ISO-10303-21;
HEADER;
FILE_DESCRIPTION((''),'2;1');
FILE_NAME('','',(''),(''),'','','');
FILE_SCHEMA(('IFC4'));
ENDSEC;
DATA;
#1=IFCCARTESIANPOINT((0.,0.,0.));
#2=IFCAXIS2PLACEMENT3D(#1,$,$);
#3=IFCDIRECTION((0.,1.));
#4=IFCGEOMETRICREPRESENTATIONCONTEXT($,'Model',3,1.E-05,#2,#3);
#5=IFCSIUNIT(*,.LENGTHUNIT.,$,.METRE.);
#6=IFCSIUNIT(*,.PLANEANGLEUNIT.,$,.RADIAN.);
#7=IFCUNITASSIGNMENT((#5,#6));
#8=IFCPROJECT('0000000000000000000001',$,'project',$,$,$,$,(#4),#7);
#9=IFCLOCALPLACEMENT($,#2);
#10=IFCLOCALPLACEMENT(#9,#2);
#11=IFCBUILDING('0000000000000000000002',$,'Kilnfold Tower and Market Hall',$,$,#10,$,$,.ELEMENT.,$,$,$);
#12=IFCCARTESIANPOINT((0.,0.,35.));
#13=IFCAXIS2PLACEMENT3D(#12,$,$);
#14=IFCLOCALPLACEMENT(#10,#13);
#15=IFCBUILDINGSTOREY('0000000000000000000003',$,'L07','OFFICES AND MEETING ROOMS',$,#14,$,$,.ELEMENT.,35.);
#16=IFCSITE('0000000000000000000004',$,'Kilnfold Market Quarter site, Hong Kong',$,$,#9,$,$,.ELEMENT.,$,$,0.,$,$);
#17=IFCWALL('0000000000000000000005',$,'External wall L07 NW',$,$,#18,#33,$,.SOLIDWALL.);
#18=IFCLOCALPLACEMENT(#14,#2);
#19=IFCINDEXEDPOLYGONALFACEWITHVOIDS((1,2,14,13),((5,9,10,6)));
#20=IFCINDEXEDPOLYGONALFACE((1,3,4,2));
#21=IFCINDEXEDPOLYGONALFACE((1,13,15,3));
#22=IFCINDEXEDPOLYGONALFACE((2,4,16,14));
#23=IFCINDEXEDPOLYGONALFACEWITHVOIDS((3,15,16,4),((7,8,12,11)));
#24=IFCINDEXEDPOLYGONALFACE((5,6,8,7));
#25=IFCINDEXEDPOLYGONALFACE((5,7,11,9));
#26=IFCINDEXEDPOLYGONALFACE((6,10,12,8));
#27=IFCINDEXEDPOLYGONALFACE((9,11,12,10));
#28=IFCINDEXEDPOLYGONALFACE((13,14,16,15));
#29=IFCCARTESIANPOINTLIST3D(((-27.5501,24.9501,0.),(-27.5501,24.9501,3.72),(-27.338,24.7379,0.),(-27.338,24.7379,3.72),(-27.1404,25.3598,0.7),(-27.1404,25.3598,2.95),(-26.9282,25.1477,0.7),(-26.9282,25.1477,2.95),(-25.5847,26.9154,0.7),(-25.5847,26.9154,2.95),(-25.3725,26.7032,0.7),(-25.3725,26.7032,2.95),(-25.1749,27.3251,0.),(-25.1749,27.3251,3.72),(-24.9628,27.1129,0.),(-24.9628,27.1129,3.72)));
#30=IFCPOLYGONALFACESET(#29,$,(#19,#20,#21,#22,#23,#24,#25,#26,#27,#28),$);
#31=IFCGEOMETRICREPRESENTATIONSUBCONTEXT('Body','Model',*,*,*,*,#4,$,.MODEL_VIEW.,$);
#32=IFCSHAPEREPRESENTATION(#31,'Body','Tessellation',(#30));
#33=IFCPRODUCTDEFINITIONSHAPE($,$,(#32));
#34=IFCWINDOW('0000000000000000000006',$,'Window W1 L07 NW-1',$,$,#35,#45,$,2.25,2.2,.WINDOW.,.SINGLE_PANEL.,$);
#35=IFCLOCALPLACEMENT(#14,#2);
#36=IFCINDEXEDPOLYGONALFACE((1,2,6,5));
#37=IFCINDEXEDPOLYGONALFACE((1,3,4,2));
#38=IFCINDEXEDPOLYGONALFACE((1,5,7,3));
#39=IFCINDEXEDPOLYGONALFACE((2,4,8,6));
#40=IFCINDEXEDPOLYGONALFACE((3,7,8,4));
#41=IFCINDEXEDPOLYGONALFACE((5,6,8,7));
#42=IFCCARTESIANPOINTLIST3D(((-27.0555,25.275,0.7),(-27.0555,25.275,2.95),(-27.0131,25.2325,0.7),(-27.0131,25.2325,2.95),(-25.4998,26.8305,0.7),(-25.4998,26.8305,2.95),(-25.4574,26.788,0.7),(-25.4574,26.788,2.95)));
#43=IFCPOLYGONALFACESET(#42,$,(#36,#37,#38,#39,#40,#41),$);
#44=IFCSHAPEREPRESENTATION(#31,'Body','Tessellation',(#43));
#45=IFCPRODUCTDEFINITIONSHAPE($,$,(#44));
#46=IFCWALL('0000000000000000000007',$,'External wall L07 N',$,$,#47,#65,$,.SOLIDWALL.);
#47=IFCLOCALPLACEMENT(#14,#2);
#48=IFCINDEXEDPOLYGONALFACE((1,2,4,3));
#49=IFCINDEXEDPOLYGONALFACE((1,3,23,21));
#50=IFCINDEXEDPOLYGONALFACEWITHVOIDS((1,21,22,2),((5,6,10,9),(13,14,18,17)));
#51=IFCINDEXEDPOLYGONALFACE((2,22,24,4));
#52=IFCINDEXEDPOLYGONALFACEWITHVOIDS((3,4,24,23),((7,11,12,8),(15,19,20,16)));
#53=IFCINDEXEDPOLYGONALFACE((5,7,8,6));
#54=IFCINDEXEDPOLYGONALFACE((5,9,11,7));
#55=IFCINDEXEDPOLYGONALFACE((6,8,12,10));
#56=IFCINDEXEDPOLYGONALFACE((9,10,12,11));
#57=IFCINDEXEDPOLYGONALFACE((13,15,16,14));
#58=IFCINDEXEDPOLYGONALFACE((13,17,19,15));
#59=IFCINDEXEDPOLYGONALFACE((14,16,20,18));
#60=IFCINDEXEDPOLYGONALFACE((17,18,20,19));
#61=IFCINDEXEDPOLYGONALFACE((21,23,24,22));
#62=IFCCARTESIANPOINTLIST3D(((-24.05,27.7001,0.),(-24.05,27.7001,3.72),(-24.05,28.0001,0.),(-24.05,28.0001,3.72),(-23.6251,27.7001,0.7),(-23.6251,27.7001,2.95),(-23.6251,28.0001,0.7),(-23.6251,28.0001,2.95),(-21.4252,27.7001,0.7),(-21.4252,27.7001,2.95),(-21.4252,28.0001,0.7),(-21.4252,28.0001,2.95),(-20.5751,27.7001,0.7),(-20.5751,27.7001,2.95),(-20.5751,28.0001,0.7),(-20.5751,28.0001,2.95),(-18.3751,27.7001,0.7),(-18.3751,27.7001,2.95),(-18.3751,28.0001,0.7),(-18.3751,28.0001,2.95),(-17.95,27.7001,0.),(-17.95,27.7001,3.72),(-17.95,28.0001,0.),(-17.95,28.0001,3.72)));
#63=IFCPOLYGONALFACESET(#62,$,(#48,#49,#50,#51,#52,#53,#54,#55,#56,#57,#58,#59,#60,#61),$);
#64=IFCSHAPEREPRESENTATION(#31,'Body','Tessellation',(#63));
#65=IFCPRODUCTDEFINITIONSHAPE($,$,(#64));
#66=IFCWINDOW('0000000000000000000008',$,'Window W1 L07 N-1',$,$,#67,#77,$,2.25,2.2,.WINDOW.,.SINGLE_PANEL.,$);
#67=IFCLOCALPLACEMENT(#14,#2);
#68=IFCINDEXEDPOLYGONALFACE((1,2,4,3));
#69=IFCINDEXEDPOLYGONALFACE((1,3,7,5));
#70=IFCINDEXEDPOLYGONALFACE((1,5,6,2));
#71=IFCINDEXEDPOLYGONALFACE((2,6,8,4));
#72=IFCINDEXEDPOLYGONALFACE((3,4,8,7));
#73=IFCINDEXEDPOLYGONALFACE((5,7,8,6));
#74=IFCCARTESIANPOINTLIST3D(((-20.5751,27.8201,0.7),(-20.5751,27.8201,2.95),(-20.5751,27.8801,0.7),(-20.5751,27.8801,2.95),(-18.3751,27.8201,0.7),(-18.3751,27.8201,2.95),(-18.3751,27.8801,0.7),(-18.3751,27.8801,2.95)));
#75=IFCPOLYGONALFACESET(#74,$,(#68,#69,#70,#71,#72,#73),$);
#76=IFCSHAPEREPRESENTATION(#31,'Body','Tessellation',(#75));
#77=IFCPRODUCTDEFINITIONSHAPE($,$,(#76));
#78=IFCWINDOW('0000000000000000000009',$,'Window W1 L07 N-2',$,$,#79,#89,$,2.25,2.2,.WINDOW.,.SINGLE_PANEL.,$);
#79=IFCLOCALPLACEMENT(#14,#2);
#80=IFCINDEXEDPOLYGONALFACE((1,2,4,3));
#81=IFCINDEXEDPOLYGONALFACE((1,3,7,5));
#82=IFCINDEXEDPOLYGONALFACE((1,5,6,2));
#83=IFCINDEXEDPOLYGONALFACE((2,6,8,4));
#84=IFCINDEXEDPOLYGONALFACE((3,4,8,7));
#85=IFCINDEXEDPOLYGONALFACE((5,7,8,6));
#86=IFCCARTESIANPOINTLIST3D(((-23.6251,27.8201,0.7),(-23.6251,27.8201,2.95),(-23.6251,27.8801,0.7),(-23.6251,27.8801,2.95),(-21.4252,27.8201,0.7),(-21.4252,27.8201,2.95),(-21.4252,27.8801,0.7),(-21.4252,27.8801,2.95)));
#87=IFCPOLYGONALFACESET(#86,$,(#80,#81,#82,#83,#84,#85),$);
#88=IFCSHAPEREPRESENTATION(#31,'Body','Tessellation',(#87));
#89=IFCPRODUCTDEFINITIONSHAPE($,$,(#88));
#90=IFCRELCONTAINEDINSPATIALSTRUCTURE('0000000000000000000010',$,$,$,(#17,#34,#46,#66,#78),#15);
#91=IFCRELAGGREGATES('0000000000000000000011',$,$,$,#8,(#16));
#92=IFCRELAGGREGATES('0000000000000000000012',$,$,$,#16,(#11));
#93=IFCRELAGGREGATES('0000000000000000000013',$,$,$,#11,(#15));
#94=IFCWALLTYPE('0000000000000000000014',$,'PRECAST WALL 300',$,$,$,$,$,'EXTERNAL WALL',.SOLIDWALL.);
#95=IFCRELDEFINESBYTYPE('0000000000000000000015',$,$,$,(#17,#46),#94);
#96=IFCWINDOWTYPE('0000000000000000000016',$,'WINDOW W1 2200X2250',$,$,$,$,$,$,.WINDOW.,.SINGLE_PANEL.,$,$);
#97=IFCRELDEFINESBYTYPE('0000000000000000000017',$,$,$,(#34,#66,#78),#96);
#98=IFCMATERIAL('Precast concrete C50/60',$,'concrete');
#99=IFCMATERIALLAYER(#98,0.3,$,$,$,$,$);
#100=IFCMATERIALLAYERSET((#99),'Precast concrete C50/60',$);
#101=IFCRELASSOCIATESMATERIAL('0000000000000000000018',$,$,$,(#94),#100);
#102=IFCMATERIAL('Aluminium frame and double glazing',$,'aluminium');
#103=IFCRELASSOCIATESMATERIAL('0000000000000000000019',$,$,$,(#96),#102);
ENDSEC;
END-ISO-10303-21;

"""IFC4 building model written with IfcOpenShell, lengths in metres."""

from ifc_helpers import new_model, si_unit, direction, frame, frame_2d, origin, place, context, subcontext, project, spatial, rectangle, extrude, source, transform, mapped, material, layer, layer_set, type_object, element, fill, save


model = new_model("IFC4")

# Units and contexts
model_context = context("Model", 3, precision=1e-05, world=origin(), true_north=direction((0.0, 1.0)))
body_context = subcontext(model_context, "Body", "Model", "MODEL_VIEW")
ifc_project = project(units=[si_unit("LENGTHUNIT", "METRE"), si_unit("PLANEANGLEUNIT", "RADIAN")], contexts=[model_context])

# Site, building, storey
site_placement = place(None, origin())
site = spatial("IfcSite", under=ifc_project, at=site_placement, Name="Kilnfold Market Quarter site, Hong Kong", CompositionType="ELEMENT", RefElevation=0.0)
building_placement = place(site_placement, origin())
building = spatial("IfcBuilding", under=site, at=building_placement, Name="Kilnfold Tower and Market Hall", CompositionType="ELEMENT")
storey_placement = place(building_placement, frame((0.0, 0.0, 35.0)))
storey = spatial("IfcBuildingStorey", under=building, at=storey_placement, Name="L07", Description="OFFICES AND MEETING ROOMS", CompositionType="ELEMENT", Elevation=35.0)

# Wall, opening, window
ifc_material_1 = material(Name="Precast concrete C50/60", Category="concrete")
ifc_layer_1 = layer(ifc_material_1, 0.3)
ifc_layer_set_1 = layer_set([ifc_layer_1], Name="Precast concrete C50/60")
wall_type_1 = type_object("IfcWallType", Name="PRECAST WALL 300", ElementType="EXTERNAL WALL", PredefinedType="SOLIDWALL", material=ifc_layer_set_1)
shared_shape_1 = source(origin(), body_context, "Body", "SweptSolid", [
    extrude(rectangle(XDim=3.3589, YDim=0.3, at=frame_2d((1.6794, 0.0))), origin(), (0.0, 0.0, 1.0), 3.72),
])
wall_1_placement = place(storey_placement, frame((-25.0688, 27.219, 0.0), z_axis=(0.0, 0.0, 1.0), x_axis=(-0.707143, -0.70707, 0.0)))
wall_1 = element("IfcWall", 1, at=wall_1_placement, inside=storey, type_object=wall_type_1, Name="External wall L07 NW", PredefinedType="SOLIDWALL", context=body_context, shape_type="MappedRepresentation", body=[
    mapped(shared_shape_1, transform((0.0, 0.0, 0.0))),
])
opening_1_placement = place(wall_1_placement, frame((0.5793, 0.0, 0.7)))
opening_1 = element("IfcOpeningElement", 2, at=opening_1_placement, cuts=wall_1, PredefinedType="OPENING", context=body_context, shape_type="SweptSolid", body=[
    extrude(rectangle(XDim=2.2, YDim=2.25, at=frame_2d((1.1001, 1.125))), frame((0.0, 0.1602, 0.0), z_axis=(0.0, -1.0, 0.0), x_axis=(1.0, 0.0, 0.0)), (0.0, 0.0, 1.0), 0.3201),
])
ifc_material_2 = material(Name="Aluminium frame and double glazing", Category="aluminium")
window_type = type_object("IfcWindowType", Name="WINDOW W1 2200X2250", PartitioningType="SINGLE_PANEL", PredefinedType="WINDOW", material=ifc_material_2)
window_1_placement = place(opening_1_placement, origin())
window_1 = element("IfcWindow", 3, at=window_1_placement, inside=storey, type_object=window_type, Name="Window W1 L07 NW-1", OverallHeight=2.25, OverallWidth=2.2, PartitioningType="SINGLE_PANEL", PredefinedType="WINDOW", context=body_context, shape_type="SweptSolid", body=[
    extrude(rectangle(XDim=2.2, YDim=2.25, at=frame_2d((1.1001, 1.125))), frame((0.0, 0.03, 0.0), z_axis=(0.0, -1.0, 0.0), x_axis=(1.0, 0.0, 0.0)), (0.0, 0.0, 1.0), 0.0601),
])
fill(opening_1, window_1)

# Wall, openings, windows
shared_shape_2 = source(origin(), body_context, "Body", "SweptSolid", [
    extrude(rectangle(XDim=6.1001, YDim=0.3, at=frame_2d((3.05, 0.0))), origin(), (0.0, 0.0, 1.0), 3.72),
])
wall_2_placement = place(storey_placement, frame((-17.95, 27.8501, 0.0), z_axis=(0.0, 0.0, 1.0), x_axis=(-1.0, 0.0, 0.0)))
wall_2 = element("IfcWall", 4, at=wall_2_placement, inside=storey, type_object=wall_type_1, Name="External wall L07 N", PredefinedType="SOLIDWALL", context=body_context, shape_type="MappedRepresentation", body=[
    mapped(shared_shape_2, transform((0.0, 0.0, 0.0))),
])
opening_2_placement = place(wall_2_placement, frame((0.425, 0.0, 0.7)))
opening_2 = element("IfcOpeningElement", 5, at=opening_2_placement, cuts=wall_2, PredefinedType="OPENING", context=body_context, shape_type="SweptSolid", body=[
    extrude(rectangle(XDim=2.2, YDim=2.25, at=frame_2d((1.1001, 1.125))), frame((0.0, 0.1602, 0.0), z_axis=(0.0, -1.0, 0.0), x_axis=(1.0, 0.0, 0.0)), (0.0, 0.0, 1.0), 0.3201),
])
opening_3_placement = place(wall_2_placement, frame((3.4751, 0.0, 0.7)))
opening_3 = element("IfcOpeningElement", 6, at=opening_3_placement, cuts=wall_2, PredefinedType="OPENING", context=body_context, shape_type="SweptSolid", body=[
    extrude(rectangle(XDim=2.2, YDim=2.25, at=frame_2d((1.1001, 1.125))), frame((0.0, 0.1602, 0.0), z_axis=(0.0, -1.0, 0.0), x_axis=(1.0, 0.0, 0.0)), (0.0, 0.0, 1.0), 0.3201),
])
window_2_placement = place(opening_2_placement, origin())
window_2 = element("IfcWindow", 7, at=window_2_placement, inside=storey, type_object=window_type, Name="Window W1 L07 N-1", OverallHeight=2.25, OverallWidth=2.2, PartitioningType="SINGLE_PANEL", PredefinedType="WINDOW", context=body_context, shape_type="SweptSolid", body=[
    extrude(rectangle(XDim=2.2, YDim=2.25, at=frame_2d((1.1001, 1.125))), frame((0.0, 0.03, 0.0), z_axis=(0.0, -1.0, 0.0), x_axis=(1.0, 0.0, 0.0)), (0.0, 0.0, 1.0), 0.0601),
])
fill(opening_2, window_2)
window_3_placement = place(opening_3_placement, origin())
window_3 = element("IfcWindow", 8, at=window_3_placement, inside=storey, type_object=window_type, Name="Window W1 L07 N-2", OverallHeight=2.25, OverallWidth=2.2, PartitioningType="SINGLE_PANEL", PredefinedType="WINDOW", context=body_context, shape_type="SweptSolid", body=[
    extrude(rectangle(XDim=2.2, YDim=2.25, at=frame_2d((1.1001, 1.125))), frame((0.0, 0.03, 0.0), z_axis=(0.0, -1.0, 0.0), x_axis=(1.0, 0.0, 0.0)), (0.0, 0.0, 1.0), 0.0601),
])
fill(opening_3, window_3)

save(model, "model.ifc")
